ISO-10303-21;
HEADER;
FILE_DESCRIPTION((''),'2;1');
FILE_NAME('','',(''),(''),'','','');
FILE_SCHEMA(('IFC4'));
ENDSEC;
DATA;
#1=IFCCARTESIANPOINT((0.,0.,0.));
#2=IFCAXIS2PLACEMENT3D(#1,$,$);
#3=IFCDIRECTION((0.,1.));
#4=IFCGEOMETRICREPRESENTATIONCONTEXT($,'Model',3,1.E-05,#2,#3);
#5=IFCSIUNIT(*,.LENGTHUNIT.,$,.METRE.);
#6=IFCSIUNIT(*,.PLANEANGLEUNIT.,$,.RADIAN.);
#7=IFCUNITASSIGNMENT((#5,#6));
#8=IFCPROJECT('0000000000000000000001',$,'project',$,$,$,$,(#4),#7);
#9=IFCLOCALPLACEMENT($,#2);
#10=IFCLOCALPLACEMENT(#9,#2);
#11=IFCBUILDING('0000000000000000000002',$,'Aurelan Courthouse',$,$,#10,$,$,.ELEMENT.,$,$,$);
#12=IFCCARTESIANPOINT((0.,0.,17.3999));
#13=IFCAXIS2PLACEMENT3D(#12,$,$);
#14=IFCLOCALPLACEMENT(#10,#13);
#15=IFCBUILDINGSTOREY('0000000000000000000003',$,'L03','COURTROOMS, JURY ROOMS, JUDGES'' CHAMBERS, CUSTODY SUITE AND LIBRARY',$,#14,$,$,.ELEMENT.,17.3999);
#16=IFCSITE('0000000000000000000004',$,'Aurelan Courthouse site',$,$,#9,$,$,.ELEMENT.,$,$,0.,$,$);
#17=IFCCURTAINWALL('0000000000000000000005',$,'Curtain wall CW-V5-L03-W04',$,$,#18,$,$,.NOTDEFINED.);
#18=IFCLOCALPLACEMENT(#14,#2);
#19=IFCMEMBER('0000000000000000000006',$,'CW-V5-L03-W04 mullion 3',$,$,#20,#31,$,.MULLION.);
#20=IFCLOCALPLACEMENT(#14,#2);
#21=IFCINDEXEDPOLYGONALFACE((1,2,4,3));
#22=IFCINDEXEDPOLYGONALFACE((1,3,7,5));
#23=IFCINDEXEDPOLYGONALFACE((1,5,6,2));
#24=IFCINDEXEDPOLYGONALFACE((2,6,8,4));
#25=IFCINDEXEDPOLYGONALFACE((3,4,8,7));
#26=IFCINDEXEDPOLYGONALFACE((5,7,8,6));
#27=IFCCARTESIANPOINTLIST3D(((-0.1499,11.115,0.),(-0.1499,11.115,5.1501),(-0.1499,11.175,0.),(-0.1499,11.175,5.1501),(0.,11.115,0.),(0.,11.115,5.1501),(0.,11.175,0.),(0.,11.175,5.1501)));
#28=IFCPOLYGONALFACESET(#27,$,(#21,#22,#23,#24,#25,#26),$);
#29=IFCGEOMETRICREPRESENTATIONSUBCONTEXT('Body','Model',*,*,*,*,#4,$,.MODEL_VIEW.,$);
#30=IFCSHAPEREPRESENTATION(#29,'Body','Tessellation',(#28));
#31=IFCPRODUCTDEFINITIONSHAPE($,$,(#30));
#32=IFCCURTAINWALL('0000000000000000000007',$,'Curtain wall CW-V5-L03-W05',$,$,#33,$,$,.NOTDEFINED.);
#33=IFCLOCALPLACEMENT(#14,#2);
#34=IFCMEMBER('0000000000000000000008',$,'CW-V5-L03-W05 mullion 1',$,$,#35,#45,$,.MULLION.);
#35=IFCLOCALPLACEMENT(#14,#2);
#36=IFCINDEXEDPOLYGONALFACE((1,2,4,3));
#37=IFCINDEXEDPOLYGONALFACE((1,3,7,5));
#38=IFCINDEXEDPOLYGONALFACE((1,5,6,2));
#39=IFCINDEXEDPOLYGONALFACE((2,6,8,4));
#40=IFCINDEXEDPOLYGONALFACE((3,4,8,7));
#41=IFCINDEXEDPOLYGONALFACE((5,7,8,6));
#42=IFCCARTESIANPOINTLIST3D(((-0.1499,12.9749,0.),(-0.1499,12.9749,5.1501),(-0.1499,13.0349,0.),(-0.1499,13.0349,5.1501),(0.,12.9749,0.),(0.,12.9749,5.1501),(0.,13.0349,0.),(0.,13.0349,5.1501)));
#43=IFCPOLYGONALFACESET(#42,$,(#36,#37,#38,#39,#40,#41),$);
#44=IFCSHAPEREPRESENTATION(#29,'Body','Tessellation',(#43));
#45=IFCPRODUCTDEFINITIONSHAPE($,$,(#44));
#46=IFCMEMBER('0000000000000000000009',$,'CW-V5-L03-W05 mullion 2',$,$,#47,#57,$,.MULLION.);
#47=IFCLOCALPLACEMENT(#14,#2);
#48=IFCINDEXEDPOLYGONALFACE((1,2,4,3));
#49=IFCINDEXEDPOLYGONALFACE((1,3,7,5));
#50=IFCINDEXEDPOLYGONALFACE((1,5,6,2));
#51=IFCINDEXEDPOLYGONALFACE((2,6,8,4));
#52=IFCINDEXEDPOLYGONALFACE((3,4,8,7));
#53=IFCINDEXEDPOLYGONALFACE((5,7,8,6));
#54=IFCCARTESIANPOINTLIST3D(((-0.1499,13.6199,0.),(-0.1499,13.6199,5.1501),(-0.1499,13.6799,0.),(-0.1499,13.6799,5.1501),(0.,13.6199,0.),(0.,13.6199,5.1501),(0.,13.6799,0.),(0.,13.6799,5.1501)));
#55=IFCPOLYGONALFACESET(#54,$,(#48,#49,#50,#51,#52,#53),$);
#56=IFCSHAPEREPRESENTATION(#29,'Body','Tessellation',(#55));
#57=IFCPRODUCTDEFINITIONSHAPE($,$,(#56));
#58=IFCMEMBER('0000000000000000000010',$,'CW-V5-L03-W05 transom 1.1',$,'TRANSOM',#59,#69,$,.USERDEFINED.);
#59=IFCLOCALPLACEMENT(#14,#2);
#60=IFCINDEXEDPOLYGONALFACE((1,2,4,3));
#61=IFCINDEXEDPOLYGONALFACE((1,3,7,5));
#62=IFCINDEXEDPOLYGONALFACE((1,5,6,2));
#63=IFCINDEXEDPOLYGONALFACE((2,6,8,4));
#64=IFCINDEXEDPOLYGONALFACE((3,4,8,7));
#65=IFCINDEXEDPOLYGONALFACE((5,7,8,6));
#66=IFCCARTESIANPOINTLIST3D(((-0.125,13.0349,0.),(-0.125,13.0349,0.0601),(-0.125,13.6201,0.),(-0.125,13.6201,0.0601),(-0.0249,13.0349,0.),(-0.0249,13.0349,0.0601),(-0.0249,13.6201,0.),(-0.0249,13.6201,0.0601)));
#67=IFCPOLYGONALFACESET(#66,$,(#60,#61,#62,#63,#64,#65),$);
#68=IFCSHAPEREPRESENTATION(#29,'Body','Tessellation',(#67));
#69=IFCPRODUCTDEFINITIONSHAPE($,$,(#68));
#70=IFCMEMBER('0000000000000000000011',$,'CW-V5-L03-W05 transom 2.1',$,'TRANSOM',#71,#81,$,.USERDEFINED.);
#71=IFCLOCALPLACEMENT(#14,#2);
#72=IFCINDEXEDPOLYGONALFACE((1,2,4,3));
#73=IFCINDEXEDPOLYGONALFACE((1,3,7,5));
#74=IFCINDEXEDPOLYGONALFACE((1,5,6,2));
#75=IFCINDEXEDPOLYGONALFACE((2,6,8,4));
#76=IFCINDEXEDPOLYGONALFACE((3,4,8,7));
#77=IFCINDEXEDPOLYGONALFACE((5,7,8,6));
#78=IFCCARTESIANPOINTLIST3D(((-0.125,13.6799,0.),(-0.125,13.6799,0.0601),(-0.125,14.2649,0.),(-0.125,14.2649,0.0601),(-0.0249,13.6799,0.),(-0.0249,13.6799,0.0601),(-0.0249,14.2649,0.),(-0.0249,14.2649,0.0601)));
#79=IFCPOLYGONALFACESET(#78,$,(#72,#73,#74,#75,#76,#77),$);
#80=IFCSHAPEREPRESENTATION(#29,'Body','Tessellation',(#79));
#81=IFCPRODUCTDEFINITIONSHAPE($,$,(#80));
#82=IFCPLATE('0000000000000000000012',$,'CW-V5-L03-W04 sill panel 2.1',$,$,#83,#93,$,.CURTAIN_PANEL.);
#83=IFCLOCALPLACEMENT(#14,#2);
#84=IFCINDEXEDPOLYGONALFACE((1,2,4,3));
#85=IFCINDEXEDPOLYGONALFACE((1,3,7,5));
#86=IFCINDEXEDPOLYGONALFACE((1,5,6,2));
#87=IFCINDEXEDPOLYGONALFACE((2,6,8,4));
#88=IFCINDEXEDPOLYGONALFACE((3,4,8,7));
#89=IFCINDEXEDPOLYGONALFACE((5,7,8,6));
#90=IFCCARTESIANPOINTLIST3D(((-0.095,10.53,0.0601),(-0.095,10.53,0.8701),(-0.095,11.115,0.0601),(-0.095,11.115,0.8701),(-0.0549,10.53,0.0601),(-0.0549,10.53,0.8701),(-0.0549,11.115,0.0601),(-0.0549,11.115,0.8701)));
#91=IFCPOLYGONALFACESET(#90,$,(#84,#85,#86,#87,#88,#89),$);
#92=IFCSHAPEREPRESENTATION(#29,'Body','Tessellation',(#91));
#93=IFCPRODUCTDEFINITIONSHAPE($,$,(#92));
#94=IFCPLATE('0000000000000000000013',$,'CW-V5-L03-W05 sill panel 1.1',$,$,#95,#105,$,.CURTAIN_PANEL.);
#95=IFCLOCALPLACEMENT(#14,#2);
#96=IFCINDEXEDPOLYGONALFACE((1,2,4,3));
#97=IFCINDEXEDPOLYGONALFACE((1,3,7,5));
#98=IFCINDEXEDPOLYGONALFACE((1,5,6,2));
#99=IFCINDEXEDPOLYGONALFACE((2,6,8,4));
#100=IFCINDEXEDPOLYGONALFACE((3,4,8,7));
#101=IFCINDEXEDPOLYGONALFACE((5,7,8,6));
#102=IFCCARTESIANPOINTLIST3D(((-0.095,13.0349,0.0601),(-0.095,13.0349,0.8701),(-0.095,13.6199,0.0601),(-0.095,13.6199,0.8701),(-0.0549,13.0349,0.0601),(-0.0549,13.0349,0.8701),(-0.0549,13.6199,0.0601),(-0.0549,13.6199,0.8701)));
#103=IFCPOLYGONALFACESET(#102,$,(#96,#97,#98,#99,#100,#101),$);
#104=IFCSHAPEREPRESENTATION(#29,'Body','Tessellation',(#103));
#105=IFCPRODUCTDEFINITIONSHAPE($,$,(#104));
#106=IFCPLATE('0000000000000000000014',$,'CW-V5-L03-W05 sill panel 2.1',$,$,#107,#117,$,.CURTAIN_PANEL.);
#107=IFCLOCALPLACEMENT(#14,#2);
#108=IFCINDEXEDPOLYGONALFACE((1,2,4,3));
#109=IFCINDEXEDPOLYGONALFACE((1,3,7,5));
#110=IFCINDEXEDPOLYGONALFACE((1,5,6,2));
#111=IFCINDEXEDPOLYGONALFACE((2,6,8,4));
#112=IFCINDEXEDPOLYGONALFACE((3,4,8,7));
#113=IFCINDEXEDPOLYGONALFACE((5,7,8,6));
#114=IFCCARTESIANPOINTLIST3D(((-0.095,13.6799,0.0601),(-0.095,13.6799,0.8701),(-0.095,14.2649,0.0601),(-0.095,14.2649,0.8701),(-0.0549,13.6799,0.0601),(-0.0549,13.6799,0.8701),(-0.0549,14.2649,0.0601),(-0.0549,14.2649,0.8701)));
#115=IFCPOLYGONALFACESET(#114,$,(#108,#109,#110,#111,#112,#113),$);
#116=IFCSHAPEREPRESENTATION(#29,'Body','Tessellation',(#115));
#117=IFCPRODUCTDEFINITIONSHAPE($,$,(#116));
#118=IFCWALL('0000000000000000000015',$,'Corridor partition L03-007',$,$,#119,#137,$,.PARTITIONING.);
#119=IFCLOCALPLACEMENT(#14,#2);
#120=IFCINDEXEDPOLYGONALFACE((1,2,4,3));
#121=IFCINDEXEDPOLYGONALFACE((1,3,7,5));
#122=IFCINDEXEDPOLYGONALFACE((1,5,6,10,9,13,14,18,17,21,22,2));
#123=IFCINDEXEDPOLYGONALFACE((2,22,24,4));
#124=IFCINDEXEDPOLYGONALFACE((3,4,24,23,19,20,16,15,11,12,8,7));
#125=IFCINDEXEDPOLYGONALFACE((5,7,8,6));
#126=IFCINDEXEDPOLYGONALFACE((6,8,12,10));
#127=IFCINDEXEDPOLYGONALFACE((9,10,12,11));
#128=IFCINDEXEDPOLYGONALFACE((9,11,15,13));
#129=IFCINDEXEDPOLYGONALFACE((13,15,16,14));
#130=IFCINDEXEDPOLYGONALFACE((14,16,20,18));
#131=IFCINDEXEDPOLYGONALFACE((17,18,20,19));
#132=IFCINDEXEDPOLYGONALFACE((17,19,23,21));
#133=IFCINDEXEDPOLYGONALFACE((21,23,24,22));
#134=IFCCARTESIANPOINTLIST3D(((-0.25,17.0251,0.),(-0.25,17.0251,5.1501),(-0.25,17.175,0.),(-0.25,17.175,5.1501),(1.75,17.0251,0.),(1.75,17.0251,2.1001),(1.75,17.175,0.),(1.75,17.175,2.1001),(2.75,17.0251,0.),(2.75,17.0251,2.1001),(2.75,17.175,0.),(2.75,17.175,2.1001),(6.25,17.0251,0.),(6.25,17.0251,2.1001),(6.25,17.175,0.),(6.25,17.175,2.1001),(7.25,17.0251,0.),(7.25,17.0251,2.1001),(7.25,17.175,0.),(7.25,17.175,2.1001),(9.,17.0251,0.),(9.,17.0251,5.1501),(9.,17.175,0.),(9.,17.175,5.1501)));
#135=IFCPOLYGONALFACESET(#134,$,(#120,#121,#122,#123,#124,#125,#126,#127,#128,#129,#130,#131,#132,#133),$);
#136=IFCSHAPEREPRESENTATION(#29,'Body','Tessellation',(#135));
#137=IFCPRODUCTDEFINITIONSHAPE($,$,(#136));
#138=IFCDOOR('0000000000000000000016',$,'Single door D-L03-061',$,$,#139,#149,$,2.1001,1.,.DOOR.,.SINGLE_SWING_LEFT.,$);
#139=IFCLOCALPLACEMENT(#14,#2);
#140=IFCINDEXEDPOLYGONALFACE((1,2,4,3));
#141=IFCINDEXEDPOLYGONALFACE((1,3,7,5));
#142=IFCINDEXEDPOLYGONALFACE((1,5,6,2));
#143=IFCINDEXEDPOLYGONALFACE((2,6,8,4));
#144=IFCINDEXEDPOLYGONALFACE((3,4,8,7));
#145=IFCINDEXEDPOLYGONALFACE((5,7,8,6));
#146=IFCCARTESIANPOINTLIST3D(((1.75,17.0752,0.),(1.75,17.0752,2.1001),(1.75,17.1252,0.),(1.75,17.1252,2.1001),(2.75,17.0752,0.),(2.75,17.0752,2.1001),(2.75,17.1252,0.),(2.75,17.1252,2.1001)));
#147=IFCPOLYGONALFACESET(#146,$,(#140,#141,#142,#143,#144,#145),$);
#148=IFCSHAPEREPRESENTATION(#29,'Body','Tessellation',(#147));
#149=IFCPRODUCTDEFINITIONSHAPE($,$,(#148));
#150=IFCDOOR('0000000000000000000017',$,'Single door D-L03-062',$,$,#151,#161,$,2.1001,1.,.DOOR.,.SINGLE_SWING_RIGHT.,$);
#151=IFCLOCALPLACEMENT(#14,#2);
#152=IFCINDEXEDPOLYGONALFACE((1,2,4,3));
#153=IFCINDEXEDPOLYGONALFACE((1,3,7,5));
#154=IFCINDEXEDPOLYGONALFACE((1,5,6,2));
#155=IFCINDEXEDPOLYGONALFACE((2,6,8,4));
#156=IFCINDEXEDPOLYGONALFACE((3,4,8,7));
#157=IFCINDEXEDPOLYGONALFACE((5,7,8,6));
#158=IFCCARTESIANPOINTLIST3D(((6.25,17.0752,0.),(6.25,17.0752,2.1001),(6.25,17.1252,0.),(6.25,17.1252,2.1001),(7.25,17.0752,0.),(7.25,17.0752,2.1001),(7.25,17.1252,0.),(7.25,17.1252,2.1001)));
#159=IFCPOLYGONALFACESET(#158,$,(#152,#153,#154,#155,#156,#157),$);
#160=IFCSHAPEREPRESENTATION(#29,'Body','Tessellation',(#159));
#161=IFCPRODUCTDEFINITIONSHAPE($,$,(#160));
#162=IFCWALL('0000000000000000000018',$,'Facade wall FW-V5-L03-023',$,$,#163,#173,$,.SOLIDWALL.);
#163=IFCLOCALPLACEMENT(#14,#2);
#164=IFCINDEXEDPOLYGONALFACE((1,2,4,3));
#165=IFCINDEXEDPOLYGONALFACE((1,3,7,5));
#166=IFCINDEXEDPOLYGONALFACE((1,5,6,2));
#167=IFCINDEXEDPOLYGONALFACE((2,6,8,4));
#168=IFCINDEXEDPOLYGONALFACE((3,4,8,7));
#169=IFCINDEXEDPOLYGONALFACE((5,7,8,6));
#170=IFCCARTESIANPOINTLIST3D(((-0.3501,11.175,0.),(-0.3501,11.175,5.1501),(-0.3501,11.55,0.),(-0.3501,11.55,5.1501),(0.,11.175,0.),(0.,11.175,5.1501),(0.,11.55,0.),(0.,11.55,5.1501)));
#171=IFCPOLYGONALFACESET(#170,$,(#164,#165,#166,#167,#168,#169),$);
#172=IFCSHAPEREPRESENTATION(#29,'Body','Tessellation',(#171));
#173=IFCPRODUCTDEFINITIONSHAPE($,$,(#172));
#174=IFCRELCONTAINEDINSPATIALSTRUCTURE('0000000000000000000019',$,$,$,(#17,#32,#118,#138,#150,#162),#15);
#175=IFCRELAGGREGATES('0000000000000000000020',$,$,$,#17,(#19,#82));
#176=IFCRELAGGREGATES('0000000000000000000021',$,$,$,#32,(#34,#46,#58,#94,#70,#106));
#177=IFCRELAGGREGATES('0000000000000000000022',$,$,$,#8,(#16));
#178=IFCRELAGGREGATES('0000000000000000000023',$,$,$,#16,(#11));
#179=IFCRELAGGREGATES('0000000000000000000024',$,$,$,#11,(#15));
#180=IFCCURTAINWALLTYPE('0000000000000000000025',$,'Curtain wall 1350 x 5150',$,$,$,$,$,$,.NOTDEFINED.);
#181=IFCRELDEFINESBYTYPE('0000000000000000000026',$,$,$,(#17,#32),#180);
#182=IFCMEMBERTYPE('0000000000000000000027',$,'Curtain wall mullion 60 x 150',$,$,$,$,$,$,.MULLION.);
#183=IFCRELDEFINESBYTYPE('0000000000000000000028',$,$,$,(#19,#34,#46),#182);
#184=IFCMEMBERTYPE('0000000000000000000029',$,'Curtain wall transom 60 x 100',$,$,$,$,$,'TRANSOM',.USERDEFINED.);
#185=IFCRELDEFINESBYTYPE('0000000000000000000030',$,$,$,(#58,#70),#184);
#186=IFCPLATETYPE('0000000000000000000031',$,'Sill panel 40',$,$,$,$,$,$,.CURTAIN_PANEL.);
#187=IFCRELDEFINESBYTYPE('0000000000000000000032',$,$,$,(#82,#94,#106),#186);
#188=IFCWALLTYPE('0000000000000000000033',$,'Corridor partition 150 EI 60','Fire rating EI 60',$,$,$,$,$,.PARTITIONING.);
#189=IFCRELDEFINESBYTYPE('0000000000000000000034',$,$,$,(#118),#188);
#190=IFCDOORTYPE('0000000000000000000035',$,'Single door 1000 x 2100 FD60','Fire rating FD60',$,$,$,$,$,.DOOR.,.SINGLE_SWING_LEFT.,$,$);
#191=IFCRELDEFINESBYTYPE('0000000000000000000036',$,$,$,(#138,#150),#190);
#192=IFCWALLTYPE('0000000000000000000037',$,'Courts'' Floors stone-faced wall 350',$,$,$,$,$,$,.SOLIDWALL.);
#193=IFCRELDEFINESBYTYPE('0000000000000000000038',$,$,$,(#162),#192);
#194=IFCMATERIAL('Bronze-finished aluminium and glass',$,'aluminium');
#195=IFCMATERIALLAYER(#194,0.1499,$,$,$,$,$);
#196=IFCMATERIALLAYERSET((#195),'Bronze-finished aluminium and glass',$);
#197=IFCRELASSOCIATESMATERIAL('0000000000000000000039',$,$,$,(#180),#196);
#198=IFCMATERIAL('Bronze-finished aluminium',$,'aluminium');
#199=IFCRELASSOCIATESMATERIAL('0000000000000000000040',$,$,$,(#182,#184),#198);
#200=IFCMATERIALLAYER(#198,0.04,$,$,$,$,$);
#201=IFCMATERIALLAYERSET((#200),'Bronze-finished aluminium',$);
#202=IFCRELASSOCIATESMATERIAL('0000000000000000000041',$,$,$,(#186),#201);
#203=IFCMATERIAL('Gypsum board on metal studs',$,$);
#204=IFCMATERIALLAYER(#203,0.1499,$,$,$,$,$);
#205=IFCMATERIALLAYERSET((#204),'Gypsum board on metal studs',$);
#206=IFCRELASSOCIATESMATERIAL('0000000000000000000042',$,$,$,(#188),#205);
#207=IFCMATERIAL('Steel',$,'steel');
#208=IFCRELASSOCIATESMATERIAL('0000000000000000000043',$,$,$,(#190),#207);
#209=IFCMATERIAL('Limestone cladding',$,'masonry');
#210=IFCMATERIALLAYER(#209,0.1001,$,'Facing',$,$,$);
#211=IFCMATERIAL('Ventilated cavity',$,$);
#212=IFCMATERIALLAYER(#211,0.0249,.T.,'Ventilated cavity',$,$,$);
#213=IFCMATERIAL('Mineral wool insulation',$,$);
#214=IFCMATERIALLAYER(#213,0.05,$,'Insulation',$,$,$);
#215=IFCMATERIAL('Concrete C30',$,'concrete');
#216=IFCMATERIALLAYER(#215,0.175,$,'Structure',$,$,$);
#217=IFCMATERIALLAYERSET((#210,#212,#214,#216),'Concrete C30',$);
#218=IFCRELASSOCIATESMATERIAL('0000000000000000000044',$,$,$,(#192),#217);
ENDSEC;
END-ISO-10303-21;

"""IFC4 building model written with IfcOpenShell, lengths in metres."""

from ifc_helpers import new_model, si_unit, direction, frame, frame_2d, origin, origin_2d, place, context, subcontext, project, spatial, rectangle, extrude, material, layer, layer_set, material_profile, profile_set, type_object, element, fill, aggregate, save


model = new_model("IFC4")

# Units and contexts
model_context = context("Model", 3, precision=1e-05, world=origin(), true_north=direction((0.0, 1.0)))
body_context = subcontext(model_context, "Body", "Model", "MODEL_VIEW")
ifc_project = project(units=[si_unit("LENGTHUNIT", "METRE"), si_unit("PLANEANGLEUNIT", "RADIAN")], contexts=[model_context])

# Site, building, storey
site_placement = place(None, origin())
site = spatial("IfcSite", under=ifc_project, at=site_placement, Name="Aurelan Courthouse site", CompositionType="ELEMENT", RefElevation=0.0)
building_placement = place(site_placement, origin())
building = spatial("IfcBuilding", under=site, at=building_placement, Name="Aurelan Courthouse", CompositionType="ELEMENT")
storey_placement = place(building_placement, frame((0.0, 0.0, 17.3999)))
storey = spatial("IfcBuildingStorey", under=building, at=storey_placement, Name="L03", Description="COURTROOMS, JURY ROOMS, JUDGES' CHAMBERS, CUSTODY SUITE AND LIBRARY", CompositionType="ELEMENT", Elevation=17.3999)

# Curtain wall, member
ifc_material_1 = material(Name="Bronze-finished aluminium and glass", Category="aluminium")
ifc_layer_1 = layer(ifc_material_1, 0.1499)
ifc_layer_set_1 = layer_set([ifc_layer_1], Name="Bronze-finished aluminium and glass")
curtain_wall_type = type_object("IfcCurtainWallType", Name="Curtain wall 1350 x 5150", PredefinedType="NOTDEFINED", material=ifc_layer_set_1)
curtain_wall_1_placement = place(storey_placement, origin())
curtain_wall_1 = element("IfcCurtainWall", 1, at=curtain_wall_1_placement, inside=storey, type_object=curtain_wall_type, Name="Curtain wall CW-V5-L03-W04", PredefinedType="NOTDEFINED")
ifc_material_2 = material(Name="Bronze-finished aluminium", Category="aluminium")
ifc_material_profile_1 = material_profile(ifc_material_2, rectangle(XDim=0.1499, YDim=0.0601, at=origin_2d()), Name="Bronze mullion 60 x 150")
ifc_profile_set_1 = profile_set([ifc_material_profile_1], Name="Bronze-finished aluminium")
member_type_1 = type_object("IfcMemberType", Name="Curtain wall mullion 60 x 150", PredefinedType="MULLION", material=ifc_profile_set_1)
member_1_placement = place(storey_placement, frame((-0.075, 11.145, 0.0), z_axis=(0.0, 0.0, 1.0), x_axis=(-1.0, 0.0, 0.0)))
member_1 = element("IfcMember", 2, at=member_1_placement, type_object=member_type_1, Name="CW-V5-L03-W04 mullion 3", PredefinedType="MULLION", context=body_context, shape_type="SweptSolid", body=[
    extrude(rectangle(XDim=0.1499, YDim=0.0601, at=origin_2d()), origin(), (0.0, 0.0, 1.0), 5.1501),
])

# Curtain wall, members
curtain_wall_2_placement = place(storey_placement, origin())
curtain_wall_2 = element("IfcCurtainWall", 3, at=curtain_wall_2_placement, inside=storey, type_object=curtain_wall_type, Name="Curtain wall CW-V5-L03-W05", PredefinedType="NOTDEFINED")
member_2_placement = place(storey_placement, frame((-0.075, 13.0049, 0.0), z_axis=(0.0, 0.0, 1.0), x_axis=(-1.0, 0.0, 0.0)))
member_2 = element("IfcMember", 4, at=member_2_placement, type_object=member_type_1, Name="CW-V5-L03-W05 mullion 1", PredefinedType="MULLION", context=body_context, shape_type="SweptSolid", body=[
    extrude(rectangle(XDim=0.1499, YDim=0.0601, at=origin_2d()), origin(), (0.0, 0.0, 1.0), 5.1501),
])
member_3_placement = place(storey_placement, frame((-0.075, 13.6499, 0.0), z_axis=(0.0, 0.0, 1.0), x_axis=(-1.0, 0.0, 0.0)))
member_3 = element("IfcMember", 5, at=member_3_placement, type_object=member_type_1, Name="CW-V5-L03-W05 mullion 2", PredefinedType="MULLION", context=body_context, shape_type="SweptSolid", body=[
    extrude(rectangle(XDim=0.1499, YDim=0.0601, at=origin_2d()), origin(), (0.0, 0.0, 1.0), 5.1501),
])
ifc_material_profile_2 = material_profile(ifc_material_2, rectangle(XDim=0.1001, YDim=0.0601, at=origin_2d()), Name="Bronze transom 60 x 100")
ifc_profile_set_2 = profile_set([ifc_material_profile_2], Name="Bronze-finished aluminium")
member_type_2 = type_object("IfcMemberType", Name="Curtain wall transom 60 x 100", ElementType="TRANSOM", PredefinedType="USERDEFINED", material=ifc_profile_set_2)
member_4_placement = place(storey_placement, frame((-0.075, 13.0349, 0.03), z_axis=(0.0, 1.0, 0.0), x_axis=(-1.0, 0.0, 0.0)))
member_4 = element("IfcMember", 6, at=member_4_placement, type_object=member_type_2, Name="CW-V5-L03-W05 transom 1.1", ObjectType="TRANSOM", PredefinedType="USERDEFINED", context=body_context, shape_type="SweptSolid", body=[
    extrude(rectangle(XDim=0.1001, YDim=0.0601, at=origin_2d()), origin(), (0.0, 0.0, 1.0), 0.5852),
])
member_5_placement = place(storey_placement, frame((-0.075, 13.6799, 0.03), z_axis=(0.0, 1.0, 0.0), x_axis=(-1.0, 0.0, 0.0)))
member_5 = element("IfcMember", 7, at=member_5_placement, type_object=member_type_2, Name="CW-V5-L03-W05 transom 2.1", ObjectType="TRANSOM", PredefinedType="USERDEFINED", context=body_context, shape_type="SweptSolid", body=[
    extrude(rectangle(XDim=0.1001, YDim=0.0601, at=origin_2d()), origin(), (0.0, 0.0, 1.0), 0.585),
])

# Plates
ifc_layer_2 = layer(ifc_material_2, 0.04)
ifc_layer_set_2 = layer_set([ifc_layer_2], Name="Bronze-finished aluminium")
plate_type = type_object("IfcPlateType", Name="Sill panel 40", PredefinedType="CURTAIN_PANEL", material=ifc_layer_set_2)
plate_1_placement = place(storey_placement, frame((-0.075, 10.8225, 0.0601), z_axis=(0.0, 0.0, 1.0), x_axis=(0.0, 1.0, 0.0)))
plate_1 = element("IfcPlate", 8, at=plate_1_placement, type_object=plate_type, Name="CW-V5-L03-W04 sill panel 2.1", PredefinedType="CURTAIN_PANEL", context=body_context, shape_type="SweptSolid", body=[
    extrude(rectangle(XDim=0.585, YDim=0.04, at=origin_2d()), origin(), (0.0, 0.0, 1.0), 0.8101),
])
aggregate(curtain_wall_1, [member_1, plate_1])
plate_2_placement = place(storey_placement, frame((-0.075, 13.3274, 0.0601), z_axis=(0.0, 0.0, 1.0), x_axis=(0.0, 1.0, 0.0)))
plate_2 = element("IfcPlate", 9, at=plate_2_placement, type_object=plate_type, Name="CW-V5-L03-W05 sill panel 1.1", PredefinedType="CURTAIN_PANEL", context=body_context, shape_type="SweptSolid", body=[
    extrude(rectangle(XDim=0.585, YDim=0.04, at=origin_2d()), origin(), (0.0, 0.0, 1.0), 0.8101),
])
plate_3_placement = place(storey_placement, frame((-0.075, 13.9724, 0.0601), z_axis=(0.0, 0.0, 1.0), x_axis=(0.0, 1.0, 0.0)))
plate_3 = element("IfcPlate", 10, at=plate_3_placement, type_object=plate_type, Name="CW-V5-L03-W05 sill panel 2.1", PredefinedType="CURTAIN_PANEL", context=body_context, shape_type="SweptSolid", body=[
    extrude(rectangle(XDim=0.585, YDim=0.04, at=origin_2d()), origin(), (0.0, 0.0, 1.0), 0.8101),
])
aggregate(curtain_wall_2, [member_2, member_3, member_4, plate_2, member_5, plate_3])

# Wall, openings, doors
ifc_material_3 = material(Name="Gypsum board on metal studs")
ifc_layer_3 = layer(ifc_material_3, 0.1499)
ifc_layer_set_3 = layer_set([ifc_layer_3], Name="Gypsum board on metal studs")
wall_type_1 = type_object("IfcWallType", Name="Corridor partition 150 EI 60", Description="Fire rating EI 60", PredefinedType="PARTITIONING", material=ifc_layer_set_3)
wall_1_placement = place(storey_placement, frame((-0.25, 17.1001, 0.0), z_axis=(0.0, 0.0, 1.0), x_axis=(1.0, 0.0, 0.0)))
wall_1 = element("IfcWall", 11, at=wall_1_placement, inside=storey, type_object=wall_type_1, Name="Corridor partition L03-007", PredefinedType="PARTITIONING", context=body_context, shape_type="SweptSolid", body=[
    extrude(rectangle(XDim=9.25, YDim=0.1499, at=frame_2d((4.625, 0.0))), origin(), (0.0, 0.0, 1.0), 5.1501),
])
opening_1_placement = place(wall_1_placement, frame((3.0, 0.0, 0.0), z_axis=(0.0, 0.0, 1.0), x_axis=(-1.0, 0.0, 0.0)))
opening_1 = element("IfcOpeningElement", 12, at=opening_1_placement, cuts=wall_1, PredefinedType="OPENING", context=body_context, shape_type="SweptSolid", body=[
    extrude(rectangle(XDim=1.0, YDim=2.1001, at=frame_2d((0.5, 1.05))), frame((0.0, 0.085, 0.0), z_axis=(0.0, -1.0, 0.0), x_axis=(1.0, 0.0, 0.0)), (0.0, 0.0, 1.0), 0.1699),
])
opening_2_placement = place(wall_1_placement, frame((7.5, 0.0, 0.0), z_axis=(0.0, 0.0, 1.0), x_axis=(-1.0, 0.0, 0.0)))
opening_2 = element("IfcOpeningElement", 13, at=opening_2_placement, cuts=wall_1, PredefinedType="OPENING", context=body_context, shape_type="SweptSolid", body=[
    extrude(rectangle(XDim=1.0, YDim=2.1001, at=frame_2d((0.5, 1.05))), frame((0.0, 0.085, 0.0), z_axis=(0.0, -1.0, 0.0), x_axis=(1.0, 0.0, 0.0)), (0.0, 0.0, 1.0), 0.1699),
])
ifc_material_4 = material(Name="Steel", Category="steel")
door_type_1 = type_object("IfcDoorType", Name="Single door 1000 x 2100 FD60", Description="Fire rating FD60", OperationType="SINGLE_SWING_LEFT", PredefinedType="DOOR", material=ifc_material_4)
door_1_placement = place(opening_1_placement, origin())
door_1 = element("IfcDoor", 14, at=door_1_placement, inside=storey, type_object=door_type_1, Name="Single door D-L03-061", OperationType="SINGLE_SWING_LEFT", OverallHeight=2.1001, OverallWidth=1.0, PredefinedType="DOOR", context=body_context, shape_type="SweptSolid", body=[
    extrude(rectangle(XDim=1.0, YDim=2.1001, at=frame_2d((0.5, 1.05))), frame((0.0, 0.0249, 0.0), z_axis=(0.0, -1.0, 0.0), x_axis=(1.0, 0.0, 0.0)), (0.0, 0.0, 1.0), 0.05),
])
fill(opening_1, door_1)
door_2_placement = place(opening_2_placement, origin())
door_2 = element("IfcDoor", 15, at=door_2_placement, inside=storey, type_object=door_type_1, Name="Single door D-L03-062", OperationType="SINGLE_SWING_RIGHT", OverallHeight=2.1001, OverallWidth=1.0, PredefinedType="DOOR", context=body_context, shape_type="SweptSolid", body=[
    extrude(rectangle(XDim=1.0, YDim=2.1001, at=frame_2d((0.5, 1.05))), frame((0.0, 0.0249, 0.0), z_axis=(0.0, -1.0, 0.0), x_axis=(1.0, 0.0, 0.0)), (0.0, 0.0, 1.0), 0.05),
])
fill(opening_2, door_2)

# Wall
ifc_material_5 = material(Name="Limestone cladding", Category="masonry")
ifc_layer_4 = layer(ifc_material_5, 0.1001, Name="Facing")
ifc_material_6 = material(Name="Ventilated cavity")
ifc_layer_5 = layer(ifc_material_6, 0.0249, ventilated=True, Name="Ventilated cavity")
ifc_material_7 = material(Name="Mineral wool insulation")
ifc_layer_6 = layer(ifc_material_7, 0.05, Name="Insulation")
ifc_material_8 = material(Name="Concrete C30", Category="concrete")
ifc_layer_7 = layer(ifc_material_8, 0.175, Name="Structure")
ifc_layer_set_4 = layer_set([ifc_layer_4, ifc_layer_5, ifc_layer_6, ifc_layer_7], Name="Concrete C30")
wall_type_2 = type_object("IfcWallType", Name="Courts' Floors stone-faced wall 350", PredefinedType="SOLIDWALL", material=ifc_layer_set_4)
wall_2_placement = place(storey_placement, frame((-0.175, 11.175, 0.0), z_axis=(0.0, 0.0, 1.0), x_axis=(0.0, 1.0, 0.0)))
element("IfcWall", 16, at=wall_2_placement, inside=storey, type_object=wall_type_2, Name="Facade wall FW-V5-L03-023", PredefinedType="SOLIDWALL", context=body_context, shape_type="SweptSolid", body=[
    extrude(rectangle(XDim=0.375, YDim=0.3501, at=frame_2d((0.1875, 0.0))), origin(), (0.0, 0.0, 1.0), 5.1501),
])

save(model, "model.ifc")
